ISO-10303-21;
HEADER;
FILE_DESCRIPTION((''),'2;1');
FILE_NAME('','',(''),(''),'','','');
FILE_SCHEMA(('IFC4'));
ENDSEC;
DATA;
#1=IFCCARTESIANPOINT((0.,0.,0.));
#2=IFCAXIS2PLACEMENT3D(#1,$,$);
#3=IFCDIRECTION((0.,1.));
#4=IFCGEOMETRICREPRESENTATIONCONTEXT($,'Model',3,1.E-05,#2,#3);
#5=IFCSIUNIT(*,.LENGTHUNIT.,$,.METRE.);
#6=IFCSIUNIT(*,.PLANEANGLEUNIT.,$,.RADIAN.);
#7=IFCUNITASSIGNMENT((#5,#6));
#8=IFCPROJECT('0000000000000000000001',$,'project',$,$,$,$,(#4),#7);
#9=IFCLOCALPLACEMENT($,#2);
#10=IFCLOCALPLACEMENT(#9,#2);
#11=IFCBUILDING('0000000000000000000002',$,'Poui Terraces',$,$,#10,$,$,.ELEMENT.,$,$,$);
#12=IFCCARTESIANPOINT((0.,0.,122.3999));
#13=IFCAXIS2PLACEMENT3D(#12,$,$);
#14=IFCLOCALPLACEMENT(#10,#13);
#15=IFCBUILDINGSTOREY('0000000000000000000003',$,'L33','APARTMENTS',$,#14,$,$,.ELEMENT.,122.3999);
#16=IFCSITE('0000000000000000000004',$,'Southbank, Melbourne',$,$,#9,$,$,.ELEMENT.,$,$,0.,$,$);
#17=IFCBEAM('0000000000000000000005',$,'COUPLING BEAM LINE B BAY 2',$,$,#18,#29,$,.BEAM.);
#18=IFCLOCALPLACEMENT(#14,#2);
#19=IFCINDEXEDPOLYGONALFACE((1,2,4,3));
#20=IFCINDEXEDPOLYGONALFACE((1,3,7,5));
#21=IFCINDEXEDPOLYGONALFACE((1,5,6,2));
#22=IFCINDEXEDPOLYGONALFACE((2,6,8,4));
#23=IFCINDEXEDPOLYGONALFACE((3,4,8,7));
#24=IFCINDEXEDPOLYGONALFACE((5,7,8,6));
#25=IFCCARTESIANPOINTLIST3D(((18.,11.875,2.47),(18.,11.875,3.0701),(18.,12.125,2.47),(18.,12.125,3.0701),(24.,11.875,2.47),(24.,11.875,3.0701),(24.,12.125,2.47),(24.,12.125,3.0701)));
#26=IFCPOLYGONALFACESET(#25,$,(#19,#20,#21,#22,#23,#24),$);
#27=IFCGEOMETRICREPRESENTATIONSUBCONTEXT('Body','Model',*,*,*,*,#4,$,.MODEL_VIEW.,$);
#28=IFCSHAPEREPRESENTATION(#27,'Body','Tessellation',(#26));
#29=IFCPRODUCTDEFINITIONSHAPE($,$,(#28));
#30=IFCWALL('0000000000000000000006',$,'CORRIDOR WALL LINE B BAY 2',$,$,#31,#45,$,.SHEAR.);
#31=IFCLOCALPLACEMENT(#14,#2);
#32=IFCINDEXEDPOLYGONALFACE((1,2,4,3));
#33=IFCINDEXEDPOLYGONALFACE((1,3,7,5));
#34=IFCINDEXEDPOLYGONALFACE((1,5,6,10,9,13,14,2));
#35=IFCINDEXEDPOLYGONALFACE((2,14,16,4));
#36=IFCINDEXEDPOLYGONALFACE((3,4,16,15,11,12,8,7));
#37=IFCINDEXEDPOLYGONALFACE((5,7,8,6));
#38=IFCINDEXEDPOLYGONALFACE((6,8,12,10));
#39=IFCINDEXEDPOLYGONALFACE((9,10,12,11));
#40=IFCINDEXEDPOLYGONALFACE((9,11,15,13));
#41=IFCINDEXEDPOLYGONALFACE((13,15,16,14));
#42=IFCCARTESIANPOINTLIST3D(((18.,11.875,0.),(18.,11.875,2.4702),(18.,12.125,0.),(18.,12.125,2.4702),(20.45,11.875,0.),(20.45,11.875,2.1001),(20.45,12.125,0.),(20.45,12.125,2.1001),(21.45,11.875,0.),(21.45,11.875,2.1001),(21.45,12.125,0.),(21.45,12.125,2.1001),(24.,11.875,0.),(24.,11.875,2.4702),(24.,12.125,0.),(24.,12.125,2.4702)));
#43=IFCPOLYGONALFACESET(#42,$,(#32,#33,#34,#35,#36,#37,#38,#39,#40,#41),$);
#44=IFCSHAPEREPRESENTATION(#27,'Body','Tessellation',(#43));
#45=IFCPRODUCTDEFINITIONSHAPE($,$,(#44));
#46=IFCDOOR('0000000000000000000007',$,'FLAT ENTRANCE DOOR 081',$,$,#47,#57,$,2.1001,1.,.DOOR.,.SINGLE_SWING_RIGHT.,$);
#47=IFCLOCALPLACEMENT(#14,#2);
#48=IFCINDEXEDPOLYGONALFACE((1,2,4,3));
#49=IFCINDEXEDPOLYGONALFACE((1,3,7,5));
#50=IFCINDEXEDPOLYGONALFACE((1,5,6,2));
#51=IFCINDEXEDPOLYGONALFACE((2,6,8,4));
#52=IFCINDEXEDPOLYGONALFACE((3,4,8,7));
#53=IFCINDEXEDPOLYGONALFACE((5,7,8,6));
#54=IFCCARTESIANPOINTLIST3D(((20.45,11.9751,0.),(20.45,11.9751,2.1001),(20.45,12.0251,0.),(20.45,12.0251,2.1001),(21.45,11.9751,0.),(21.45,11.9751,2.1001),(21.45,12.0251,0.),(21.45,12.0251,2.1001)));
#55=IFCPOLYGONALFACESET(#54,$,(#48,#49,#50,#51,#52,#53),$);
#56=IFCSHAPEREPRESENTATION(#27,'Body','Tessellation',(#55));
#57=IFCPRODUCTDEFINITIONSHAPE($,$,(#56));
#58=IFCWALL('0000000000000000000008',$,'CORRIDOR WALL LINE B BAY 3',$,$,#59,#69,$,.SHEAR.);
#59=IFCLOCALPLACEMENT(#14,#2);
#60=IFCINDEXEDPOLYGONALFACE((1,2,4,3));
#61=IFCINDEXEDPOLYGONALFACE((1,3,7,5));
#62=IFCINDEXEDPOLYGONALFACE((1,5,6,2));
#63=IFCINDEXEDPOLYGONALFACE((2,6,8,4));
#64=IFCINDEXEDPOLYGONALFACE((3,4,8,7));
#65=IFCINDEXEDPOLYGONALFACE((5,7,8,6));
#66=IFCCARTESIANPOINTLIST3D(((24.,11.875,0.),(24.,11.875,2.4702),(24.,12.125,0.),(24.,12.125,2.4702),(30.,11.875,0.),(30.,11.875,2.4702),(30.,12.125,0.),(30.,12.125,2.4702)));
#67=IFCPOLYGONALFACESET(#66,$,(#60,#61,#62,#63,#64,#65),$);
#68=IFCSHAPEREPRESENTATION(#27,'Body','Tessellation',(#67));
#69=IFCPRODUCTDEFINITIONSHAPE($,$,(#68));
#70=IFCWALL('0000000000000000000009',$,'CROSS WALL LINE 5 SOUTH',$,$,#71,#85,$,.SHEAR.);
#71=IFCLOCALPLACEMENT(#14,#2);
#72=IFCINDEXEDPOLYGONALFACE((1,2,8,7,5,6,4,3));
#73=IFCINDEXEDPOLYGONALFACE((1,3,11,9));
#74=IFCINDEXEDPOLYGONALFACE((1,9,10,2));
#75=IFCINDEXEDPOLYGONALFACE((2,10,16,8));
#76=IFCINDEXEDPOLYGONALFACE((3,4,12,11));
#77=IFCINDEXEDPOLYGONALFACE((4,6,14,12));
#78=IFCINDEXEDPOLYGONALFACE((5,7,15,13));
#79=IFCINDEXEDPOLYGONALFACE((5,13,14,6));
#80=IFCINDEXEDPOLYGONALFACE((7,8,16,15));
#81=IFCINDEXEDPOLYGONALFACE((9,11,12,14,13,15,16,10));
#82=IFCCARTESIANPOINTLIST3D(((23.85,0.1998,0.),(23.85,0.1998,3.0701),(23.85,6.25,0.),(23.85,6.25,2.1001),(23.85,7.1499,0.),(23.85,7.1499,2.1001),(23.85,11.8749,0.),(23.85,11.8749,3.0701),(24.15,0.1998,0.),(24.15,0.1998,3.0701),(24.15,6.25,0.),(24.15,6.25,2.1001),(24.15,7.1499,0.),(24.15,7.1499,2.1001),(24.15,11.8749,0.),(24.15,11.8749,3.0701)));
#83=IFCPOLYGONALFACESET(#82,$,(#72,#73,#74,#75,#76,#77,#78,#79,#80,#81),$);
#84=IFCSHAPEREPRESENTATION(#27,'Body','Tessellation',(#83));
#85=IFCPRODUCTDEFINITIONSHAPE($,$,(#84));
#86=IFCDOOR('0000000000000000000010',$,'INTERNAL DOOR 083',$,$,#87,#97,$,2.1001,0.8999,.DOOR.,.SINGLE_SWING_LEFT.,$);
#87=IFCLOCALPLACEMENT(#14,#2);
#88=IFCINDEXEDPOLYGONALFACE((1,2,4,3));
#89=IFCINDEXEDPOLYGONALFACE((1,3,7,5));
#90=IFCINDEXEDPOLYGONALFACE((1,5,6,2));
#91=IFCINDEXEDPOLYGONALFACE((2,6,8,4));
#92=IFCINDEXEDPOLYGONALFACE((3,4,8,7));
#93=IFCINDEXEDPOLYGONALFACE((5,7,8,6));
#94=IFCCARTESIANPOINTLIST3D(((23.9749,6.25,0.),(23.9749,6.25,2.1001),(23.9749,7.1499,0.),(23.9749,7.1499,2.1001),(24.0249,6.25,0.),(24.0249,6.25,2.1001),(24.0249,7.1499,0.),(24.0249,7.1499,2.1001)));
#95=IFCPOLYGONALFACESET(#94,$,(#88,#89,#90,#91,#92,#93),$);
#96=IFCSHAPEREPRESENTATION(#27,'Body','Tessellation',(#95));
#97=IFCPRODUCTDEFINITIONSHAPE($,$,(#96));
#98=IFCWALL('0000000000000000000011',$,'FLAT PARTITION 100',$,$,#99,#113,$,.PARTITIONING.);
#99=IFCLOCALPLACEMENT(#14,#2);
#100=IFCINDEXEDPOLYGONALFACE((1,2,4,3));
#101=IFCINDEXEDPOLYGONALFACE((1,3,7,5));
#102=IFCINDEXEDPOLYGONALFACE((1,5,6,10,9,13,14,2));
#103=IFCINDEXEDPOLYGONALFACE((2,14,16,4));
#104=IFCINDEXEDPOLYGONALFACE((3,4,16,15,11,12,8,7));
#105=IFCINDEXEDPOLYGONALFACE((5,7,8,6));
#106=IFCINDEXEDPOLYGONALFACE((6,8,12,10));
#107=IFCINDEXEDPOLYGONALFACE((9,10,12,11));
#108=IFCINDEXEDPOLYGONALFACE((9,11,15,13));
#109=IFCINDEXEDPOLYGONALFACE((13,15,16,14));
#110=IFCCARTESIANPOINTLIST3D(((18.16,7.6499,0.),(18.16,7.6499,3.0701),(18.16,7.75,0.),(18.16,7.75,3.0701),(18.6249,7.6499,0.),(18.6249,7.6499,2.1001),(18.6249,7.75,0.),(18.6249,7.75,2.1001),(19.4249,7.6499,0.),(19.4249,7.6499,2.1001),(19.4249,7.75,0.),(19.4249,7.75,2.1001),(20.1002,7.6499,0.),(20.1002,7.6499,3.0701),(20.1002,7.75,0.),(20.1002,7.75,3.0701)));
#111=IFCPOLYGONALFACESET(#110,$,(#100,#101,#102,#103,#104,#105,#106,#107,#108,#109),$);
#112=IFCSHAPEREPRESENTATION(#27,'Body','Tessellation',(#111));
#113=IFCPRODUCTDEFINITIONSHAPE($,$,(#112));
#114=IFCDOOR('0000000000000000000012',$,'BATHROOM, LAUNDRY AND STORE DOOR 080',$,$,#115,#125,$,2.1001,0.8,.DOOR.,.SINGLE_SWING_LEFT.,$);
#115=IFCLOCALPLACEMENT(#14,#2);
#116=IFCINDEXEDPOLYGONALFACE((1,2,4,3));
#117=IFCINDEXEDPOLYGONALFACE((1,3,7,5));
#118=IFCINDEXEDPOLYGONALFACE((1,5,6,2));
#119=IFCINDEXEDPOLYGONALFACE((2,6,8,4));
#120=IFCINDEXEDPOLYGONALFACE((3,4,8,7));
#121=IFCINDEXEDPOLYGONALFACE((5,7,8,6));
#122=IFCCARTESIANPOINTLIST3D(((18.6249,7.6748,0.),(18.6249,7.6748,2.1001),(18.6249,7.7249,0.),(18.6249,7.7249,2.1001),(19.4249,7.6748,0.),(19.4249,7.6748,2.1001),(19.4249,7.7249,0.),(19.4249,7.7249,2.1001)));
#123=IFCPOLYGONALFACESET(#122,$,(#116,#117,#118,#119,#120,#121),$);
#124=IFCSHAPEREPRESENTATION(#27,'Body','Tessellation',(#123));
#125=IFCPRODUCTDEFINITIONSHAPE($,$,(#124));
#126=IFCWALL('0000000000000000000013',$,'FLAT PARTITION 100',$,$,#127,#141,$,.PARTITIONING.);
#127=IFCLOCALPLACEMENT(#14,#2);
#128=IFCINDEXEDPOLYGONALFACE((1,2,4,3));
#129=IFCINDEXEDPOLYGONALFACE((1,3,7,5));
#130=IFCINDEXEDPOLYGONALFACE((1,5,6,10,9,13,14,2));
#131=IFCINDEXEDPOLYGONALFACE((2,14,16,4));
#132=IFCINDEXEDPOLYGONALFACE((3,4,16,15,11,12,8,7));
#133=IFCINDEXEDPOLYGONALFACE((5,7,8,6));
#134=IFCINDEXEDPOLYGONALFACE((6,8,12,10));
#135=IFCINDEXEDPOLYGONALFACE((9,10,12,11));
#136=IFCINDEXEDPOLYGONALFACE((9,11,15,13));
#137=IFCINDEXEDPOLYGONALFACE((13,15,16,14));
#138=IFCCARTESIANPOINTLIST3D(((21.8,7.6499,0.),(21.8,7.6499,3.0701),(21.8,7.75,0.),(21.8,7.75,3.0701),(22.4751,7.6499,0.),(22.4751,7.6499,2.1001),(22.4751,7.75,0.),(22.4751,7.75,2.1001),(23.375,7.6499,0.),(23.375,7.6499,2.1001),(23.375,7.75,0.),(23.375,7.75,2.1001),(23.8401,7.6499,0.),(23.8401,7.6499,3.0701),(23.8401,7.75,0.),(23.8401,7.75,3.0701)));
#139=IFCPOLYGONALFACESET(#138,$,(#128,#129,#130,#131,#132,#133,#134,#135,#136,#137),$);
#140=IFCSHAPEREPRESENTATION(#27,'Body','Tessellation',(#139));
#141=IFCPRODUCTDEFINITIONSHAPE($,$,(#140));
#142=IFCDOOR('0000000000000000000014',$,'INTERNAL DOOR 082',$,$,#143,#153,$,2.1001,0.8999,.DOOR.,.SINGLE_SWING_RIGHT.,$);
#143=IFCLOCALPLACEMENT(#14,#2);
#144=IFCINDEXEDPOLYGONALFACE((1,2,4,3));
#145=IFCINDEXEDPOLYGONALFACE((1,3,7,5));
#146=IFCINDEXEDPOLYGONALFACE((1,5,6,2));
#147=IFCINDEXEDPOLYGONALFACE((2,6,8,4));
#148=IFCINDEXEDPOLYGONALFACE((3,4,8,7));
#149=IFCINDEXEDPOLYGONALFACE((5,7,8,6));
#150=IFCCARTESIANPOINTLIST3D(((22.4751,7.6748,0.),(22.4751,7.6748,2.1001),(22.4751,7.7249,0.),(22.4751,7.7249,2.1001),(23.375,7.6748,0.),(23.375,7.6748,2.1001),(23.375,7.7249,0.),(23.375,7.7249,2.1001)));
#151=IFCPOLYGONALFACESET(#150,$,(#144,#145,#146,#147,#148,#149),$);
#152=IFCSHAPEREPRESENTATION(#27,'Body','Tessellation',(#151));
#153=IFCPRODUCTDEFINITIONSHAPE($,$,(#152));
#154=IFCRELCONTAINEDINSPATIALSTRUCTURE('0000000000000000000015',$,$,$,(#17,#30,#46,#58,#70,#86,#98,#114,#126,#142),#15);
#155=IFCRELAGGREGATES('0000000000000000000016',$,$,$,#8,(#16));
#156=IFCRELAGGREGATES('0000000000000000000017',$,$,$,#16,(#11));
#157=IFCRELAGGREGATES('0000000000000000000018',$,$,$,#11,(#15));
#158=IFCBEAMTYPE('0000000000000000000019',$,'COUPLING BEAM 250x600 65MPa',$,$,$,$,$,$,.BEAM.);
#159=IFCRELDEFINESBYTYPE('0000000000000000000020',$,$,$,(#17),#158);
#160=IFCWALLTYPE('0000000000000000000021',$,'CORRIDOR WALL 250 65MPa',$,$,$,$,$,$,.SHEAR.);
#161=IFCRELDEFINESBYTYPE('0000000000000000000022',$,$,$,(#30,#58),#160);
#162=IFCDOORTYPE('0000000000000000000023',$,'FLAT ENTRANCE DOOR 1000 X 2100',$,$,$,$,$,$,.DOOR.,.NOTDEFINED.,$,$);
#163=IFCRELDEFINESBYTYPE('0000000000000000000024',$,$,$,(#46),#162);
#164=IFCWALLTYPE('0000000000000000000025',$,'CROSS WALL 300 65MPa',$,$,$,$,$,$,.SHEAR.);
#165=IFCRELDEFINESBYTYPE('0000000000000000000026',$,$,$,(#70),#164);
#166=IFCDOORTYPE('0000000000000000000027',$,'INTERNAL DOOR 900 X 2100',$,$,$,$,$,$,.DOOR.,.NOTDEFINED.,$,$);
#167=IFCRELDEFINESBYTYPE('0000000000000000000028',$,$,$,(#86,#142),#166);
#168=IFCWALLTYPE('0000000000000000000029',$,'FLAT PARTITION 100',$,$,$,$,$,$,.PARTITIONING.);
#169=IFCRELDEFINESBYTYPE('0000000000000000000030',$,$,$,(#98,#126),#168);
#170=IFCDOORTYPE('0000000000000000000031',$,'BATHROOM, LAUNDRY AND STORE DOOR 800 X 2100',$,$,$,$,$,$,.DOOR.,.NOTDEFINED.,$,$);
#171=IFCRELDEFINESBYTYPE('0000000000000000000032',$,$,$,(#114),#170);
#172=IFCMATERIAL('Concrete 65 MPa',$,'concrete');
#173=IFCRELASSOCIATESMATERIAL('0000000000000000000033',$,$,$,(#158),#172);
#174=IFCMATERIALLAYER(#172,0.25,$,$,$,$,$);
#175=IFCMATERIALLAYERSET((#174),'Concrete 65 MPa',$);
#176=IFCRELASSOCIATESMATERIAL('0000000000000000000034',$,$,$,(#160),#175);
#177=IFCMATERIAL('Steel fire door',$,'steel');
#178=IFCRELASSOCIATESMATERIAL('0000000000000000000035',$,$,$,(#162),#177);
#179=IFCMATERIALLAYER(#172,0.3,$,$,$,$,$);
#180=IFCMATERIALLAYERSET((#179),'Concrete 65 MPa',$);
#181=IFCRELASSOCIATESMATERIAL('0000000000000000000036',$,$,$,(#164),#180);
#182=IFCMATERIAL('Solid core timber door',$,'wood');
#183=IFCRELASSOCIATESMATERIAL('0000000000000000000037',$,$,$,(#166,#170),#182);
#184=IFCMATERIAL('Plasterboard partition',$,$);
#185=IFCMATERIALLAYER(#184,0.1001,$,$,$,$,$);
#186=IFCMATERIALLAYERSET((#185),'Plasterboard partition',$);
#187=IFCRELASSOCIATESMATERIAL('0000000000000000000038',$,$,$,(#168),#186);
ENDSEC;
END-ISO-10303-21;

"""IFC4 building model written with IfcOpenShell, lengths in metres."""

from ifc_helpers import new_model, si_unit, direction, frame, frame_2d, origin, origin_2d, place, context, subcontext, project, spatial, rectangle, extrude, source, transform, mapped, material, layer, layer_set, material_profile, profile_set, type_object, element, fill, save


model = new_model("IFC4")

# Units and contexts
model_context = context("Model", 3, precision=1e-05, world=origin(), true_north=direction((0.0, 1.0)))
body_context = subcontext(model_context, "Body", "Model", "MODEL_VIEW")
ifc_project = project(units=[si_unit("LENGTHUNIT", "METRE"), si_unit("PLANEANGLEUNIT", "RADIAN")], contexts=[model_context])

# Site, building, storey
site_placement = place(None, origin())
site = spatial("IfcSite", under=ifc_project, at=site_placement, Name="Southbank, Melbourne", CompositionType="ELEMENT", RefElevation=0.0)
building_placement = place(site_placement, origin())
building = spatial("IfcBuilding", under=site, at=building_placement, Name="Poui Terraces", CompositionType="ELEMENT")
storey_placement = place(building_placement, frame((0.0, 0.0, 122.3999)))
storey = spatial("IfcBuildingStorey", under=building, at=storey_placement, Name="L33", Description="APARTMENTS", CompositionType="ELEMENT", Elevation=122.3999)

# Beam
ifc_material_1 = material(Name="Concrete 65 MPa", Category="concrete")
ifc_material_profile = material_profile(ifc_material_1, rectangle(XDim=0.25, YDim=0.6001, at=origin_2d()), Name="RC 250x600")
ifc_profile_set = profile_set([ifc_material_profile], Name="Concrete 65 MPa")
beam_type = type_object("IfcBeamType", Name="COUPLING BEAM 250x600 65MPa", PredefinedType="BEAM", material=ifc_profile_set)
shared_shape = source(origin(), body_context, "Body", "SweptSolid", [
    extrude(rectangle(XDim=0.25, YDim=0.6001, at=origin_2d()), origin(), (0.0, 0.0, 1.0), 6.0),
])
beam_placement = place(storey_placement, frame((18.0, 12.0, 2.77), z_axis=(1.0, 0.0, 0.0), x_axis=(0.0, 1.0, 0.0)))
element("IfcBeam", 1, at=beam_placement, inside=storey, type_object=beam_type, Name="COUPLING BEAM LINE B BAY 2", PredefinedType="BEAM", context=body_context, shape_type="MappedRepresentation", body=[
    mapped(shared_shape, transform((0.0, 0.0, 0.0))),
])

# Wall, opening, door
ifc_layer_1 = layer(ifc_material_1, 0.25)
ifc_layer_set_1 = layer_set([ifc_layer_1], Name="Concrete 65 MPa")
wall_type_1 = type_object("IfcWallType", Name="CORRIDOR WALL 250 65MPa", PredefinedType="SHEAR", material=ifc_layer_set_1)
wall_1_placement = place(storey_placement, frame((18.0, 12.0, 0.0), z_axis=(0.0, 0.0, 1.0), x_axis=(1.0, 0.0, 0.0)))
wall_1 = element("IfcWall", 2, at=wall_1_placement, inside=storey, type_object=wall_type_1, Name="CORRIDOR WALL LINE B BAY 2", PredefinedType="SHEAR", context=body_context, shape_type="SweptSolid", body=[
    extrude(rectangle(XDim=6.0, YDim=0.25, at=frame_2d((3.0, 0.0))), origin(), (0.0, 0.0, 1.0), 2.4702),
])
opening_1_placement = place(wall_1_placement, frame((2.45, 0.0, 0.0)))
opening_1 = element("IfcOpeningElement", 3, at=opening_1_placement, cuts=wall_1, PredefinedType="OPENING", context=body_context, shape_type="SweptSolid", body=[
    extrude(rectangle(XDim=1.0, YDim=2.1001, at=frame_2d((0.5, 1.05))), frame((0.0, 0.135, 0.0), z_axis=(0.0, -1.0, 0.0), x_axis=(1.0, 0.0, 0.0)), (0.0, 0.0, 1.0), 0.27),
])
ifc_material_2 = material(Name="Steel fire door", Category="steel")
door_type_1 = type_object("IfcDoorType", Name="FLAT ENTRANCE DOOR 1000 X 2100", OperationType="NOTDEFINED", PredefinedType="DOOR", material=ifc_material_2)
door_1_placement = place(opening_1_placement, frame((1.0, 0.0, 0.0), z_axis=(0.0, 0.0, 1.0), x_axis=(-1.0, 0.0, 0.0)))
door_1 = element("IfcDoor", 4, at=door_1_placement, inside=storey, type_object=door_type_1, Name="FLAT ENTRANCE DOOR 081", OperationType="SINGLE_SWING_RIGHT", OverallHeight=2.1001, OverallWidth=1.0, PredefinedType="DOOR", context=body_context, shape_type="SweptSolid", body=[
    extrude(rectangle(XDim=1.0, YDim=2.1001, at=frame_2d((0.5, 1.05))), frame((0.0, 0.0249, 0.0), z_axis=(0.0, -1.0, 0.0), x_axis=(1.0, 0.0, 0.0)), (0.0, 0.0, 1.0), 0.05),
])
fill(opening_1, door_1)

# Wall
wall_2_placement = place(storey_placement, frame((24.0, 12.0, 0.0), z_axis=(0.0, 0.0, 1.0), x_axis=(1.0, 0.0, 0.0)))
element("IfcWall", 5, at=wall_2_placement, inside=storey, type_object=wall_type_1, Name="CORRIDOR WALL LINE B BAY 3", PredefinedType="SHEAR", context=body_context, shape_type="SweptSolid", body=[
    extrude(rectangle(XDim=6.0, YDim=0.25, at=frame_2d((3.0, 0.0))), origin(), (0.0, 0.0, 1.0), 2.4702),
])

# Walls, openings, doors
ifc_layer_2 = layer(ifc_material_1, 0.3)
ifc_layer_set_2 = layer_set([ifc_layer_2], Name="Concrete 65 MPa")
wall_type_2 = type_object("IfcWallType", Name="CROSS WALL 300 65MPa", PredefinedType="SHEAR", material=ifc_layer_set_2)
wall_3_placement = place(storey_placement, frame((24.0, 0.2, 0.0), z_axis=(0.0, 0.0, 1.0), x_axis=(0.0, 1.0, 0.0)))
wall_3 = element("IfcWall", 6, at=wall_3_placement, inside=storey, type_object=wall_type_2, Name="CROSS WALL LINE 5 SOUTH", PredefinedType="SHEAR", context=body_context, shape_type="SweptSolid", body=[
    extrude(rectangle(XDim=11.675, YDim=0.3, at=frame_2d((5.8374, 0.0))), origin(), (0.0, 0.0, 1.0), 3.0701),
])
opening_2_placement = place(wall_3_placement, frame((6.05, 0.0, 0.0)))
opening_2 = element("IfcOpeningElement", 7, at=opening_2_placement, cuts=wall_3, PredefinedType="OPENING", context=body_context, shape_type="SweptSolid", body=[
    extrude(rectangle(XDim=0.8999, YDim=2.1001, at=frame_2d((0.45, 1.05))), frame((0.0, 0.1602, 0.0), z_axis=(0.0, -1.0, 0.0), x_axis=(1.0, 0.0, 0.0)), (0.0, 0.0, 1.0), 0.3201),
])
ifc_material_3 = material(Name="Solid core timber door", Category="wood")
door_type_2 = type_object("IfcDoorType", Name="INTERNAL DOOR 900 X 2100", OperationType="NOTDEFINED", PredefinedType="DOOR", material=ifc_material_3)
door_2_placement = place(opening_2_placement, frame((0.8999, 0.0, 0.0), z_axis=(0.0, 0.0, 1.0), x_axis=(-1.0, 0.0, 0.0)))
door_2 = element("IfcDoor", 8, at=door_2_placement, inside=storey, type_object=door_type_2, Name="INTERNAL DOOR 083", OperationType="SINGLE_SWING_LEFT", OverallHeight=2.1001, OverallWidth=0.8999, PredefinedType="DOOR", context=body_context, shape_type="SweptSolid", body=[
    extrude(rectangle(XDim=0.8999, YDim=2.1001, at=frame_2d((0.45, 1.05))), frame((0.0, 0.0249, 0.0), z_axis=(0.0, -1.0, 0.0), x_axis=(1.0, 0.0, 0.0)), (0.0, 0.0, 1.0), 0.05),
])
fill(opening_2, door_2)
ifc_material_4 = material(Name="Plasterboard partition")
ifc_layer_3 = layer(ifc_material_4, 0.1001)
ifc_layer_set_3 = layer_set([ifc_layer_3], Name="Plasterboard partition")
wall_type_3 = type_object("IfcWallType", Name="FLAT PARTITION 100", PredefinedType="PARTITIONING", material=ifc_layer_set_3)
wall_4_placement = place(storey_placement, frame((18.1599, 7.7, 0.0), z_axis=(0.0, 0.0, 1.0), x_axis=(1.0, 0.0, 0.0)))
wall_4 = element("IfcWall", 9, at=wall_4_placement, inside=storey, type_object=wall_type_3, Name="FLAT PARTITION 100", PredefinedType="PARTITIONING", context=body_context, shape_type="SweptSolid", body=[
    extrude(rectangle(XDim=1.9402, YDim=0.1001, at=frame_2d((0.9702, 0.0))), origin(), (0.0, 0.0, 1.0), 3.0701),
])
opening_3_placement = place(wall_4_placement, frame((0.4651, 0.0, 0.0)))
opening_3 = element("IfcOpeningElement", 10, at=opening_3_placement, cuts=wall_4, PredefinedType="OPENING", context=body_context, shape_type="SweptSolid", body=[
    extrude(rectangle(XDim=0.8, YDim=2.1001, at=frame_2d((0.3999, 1.05))), frame((0.0, 0.0601, 0.0), z_axis=(0.0, -1.0, 0.0), x_axis=(1.0, 0.0, 0.0)), (0.0, 0.0, 1.0), 0.1201),
])
door_type_3 = type_object("IfcDoorType", Name="BATHROOM, LAUNDRY AND STORE DOOR 800 X 2100", OperationType="NOTDEFINED", PredefinedType="DOOR", material=ifc_material_3)
door_3_placement = place(opening_3_placement, origin())
door_3 = element("IfcDoor", 11, at=door_3_placement, inside=storey, type_object=door_type_3, Name="BATHROOM, LAUNDRY AND STORE DOOR 080", OperationType="SINGLE_SWING_LEFT", OverallHeight=2.1001, OverallWidth=0.8, PredefinedType="DOOR", context=body_context, shape_type="SweptSolid", body=[
    extrude(rectangle(XDim=0.8, YDim=2.1001, at=frame_2d((0.3999, 1.05))), frame((0.0, 0.0249, 0.0), z_axis=(0.0, -1.0, 0.0), x_axis=(1.0, 0.0, 0.0)), (0.0, 0.0, 1.0), 0.05),
])
fill(opening_3, door_3)
wall_5_placement = place(storey_placement, frame((21.8, 7.7, 0.0), z_axis=(0.0, 0.0, 1.0), x_axis=(1.0, 0.0, 0.0)))
wall_5 = element("IfcWall", 12, at=wall_5_placement, inside=storey, type_object=wall_type_3, Name="FLAT PARTITION 100", PredefinedType="PARTITIONING", context=body_context, shape_type="SweptSolid", body=[
    extrude(rectangle(XDim=2.04, YDim=0.1001, at=frame_2d((1.02, 0.0))), origin(), (0.0, 0.0, 1.0), 3.0701),
])
opening_4_placement = place(wall_5_placement, frame((0.675, 0.0, 0.0)))
opening_4 = element("IfcOpeningElement", 13, at=opening_4_placement, cuts=wall_5, PredefinedType="OPENING", context=body_context, shape_type="SweptSolid", body=[
    extrude(rectangle(XDim=0.8999, YDim=2.1001, at=frame_2d((0.45, 1.05))), frame((0.0, 0.0601, 0.0), z_axis=(0.0, -1.0, 0.0), x_axis=(1.0, 0.0, 0.0)), (0.0, 0.0, 1.0), 0.1201),
])
door_4_placement = place(opening_4_placement, origin())
door_4 = element("IfcDoor", 14, at=door_4_placement, inside=storey, type_object=door_type_2, Name="INTERNAL DOOR 082", OperationType="SINGLE_SWING_RIGHT", OverallHeight=2.1001, OverallWidth=0.8999, PredefinedType="DOOR", context=body_context, shape_type="SweptSolid", body=[
    extrude(rectangle(XDim=0.8999, YDim=2.1001, at=frame_2d((0.45, 1.05))), frame((0.0, 0.0249, 0.0), z_axis=(0.0, -1.0, 0.0), x_axis=(1.0, 0.0, 0.0)), (0.0, 0.0, 1.0), 0.05),
])
fill(opening_4, door_4)

save(model, "model.ifc")
